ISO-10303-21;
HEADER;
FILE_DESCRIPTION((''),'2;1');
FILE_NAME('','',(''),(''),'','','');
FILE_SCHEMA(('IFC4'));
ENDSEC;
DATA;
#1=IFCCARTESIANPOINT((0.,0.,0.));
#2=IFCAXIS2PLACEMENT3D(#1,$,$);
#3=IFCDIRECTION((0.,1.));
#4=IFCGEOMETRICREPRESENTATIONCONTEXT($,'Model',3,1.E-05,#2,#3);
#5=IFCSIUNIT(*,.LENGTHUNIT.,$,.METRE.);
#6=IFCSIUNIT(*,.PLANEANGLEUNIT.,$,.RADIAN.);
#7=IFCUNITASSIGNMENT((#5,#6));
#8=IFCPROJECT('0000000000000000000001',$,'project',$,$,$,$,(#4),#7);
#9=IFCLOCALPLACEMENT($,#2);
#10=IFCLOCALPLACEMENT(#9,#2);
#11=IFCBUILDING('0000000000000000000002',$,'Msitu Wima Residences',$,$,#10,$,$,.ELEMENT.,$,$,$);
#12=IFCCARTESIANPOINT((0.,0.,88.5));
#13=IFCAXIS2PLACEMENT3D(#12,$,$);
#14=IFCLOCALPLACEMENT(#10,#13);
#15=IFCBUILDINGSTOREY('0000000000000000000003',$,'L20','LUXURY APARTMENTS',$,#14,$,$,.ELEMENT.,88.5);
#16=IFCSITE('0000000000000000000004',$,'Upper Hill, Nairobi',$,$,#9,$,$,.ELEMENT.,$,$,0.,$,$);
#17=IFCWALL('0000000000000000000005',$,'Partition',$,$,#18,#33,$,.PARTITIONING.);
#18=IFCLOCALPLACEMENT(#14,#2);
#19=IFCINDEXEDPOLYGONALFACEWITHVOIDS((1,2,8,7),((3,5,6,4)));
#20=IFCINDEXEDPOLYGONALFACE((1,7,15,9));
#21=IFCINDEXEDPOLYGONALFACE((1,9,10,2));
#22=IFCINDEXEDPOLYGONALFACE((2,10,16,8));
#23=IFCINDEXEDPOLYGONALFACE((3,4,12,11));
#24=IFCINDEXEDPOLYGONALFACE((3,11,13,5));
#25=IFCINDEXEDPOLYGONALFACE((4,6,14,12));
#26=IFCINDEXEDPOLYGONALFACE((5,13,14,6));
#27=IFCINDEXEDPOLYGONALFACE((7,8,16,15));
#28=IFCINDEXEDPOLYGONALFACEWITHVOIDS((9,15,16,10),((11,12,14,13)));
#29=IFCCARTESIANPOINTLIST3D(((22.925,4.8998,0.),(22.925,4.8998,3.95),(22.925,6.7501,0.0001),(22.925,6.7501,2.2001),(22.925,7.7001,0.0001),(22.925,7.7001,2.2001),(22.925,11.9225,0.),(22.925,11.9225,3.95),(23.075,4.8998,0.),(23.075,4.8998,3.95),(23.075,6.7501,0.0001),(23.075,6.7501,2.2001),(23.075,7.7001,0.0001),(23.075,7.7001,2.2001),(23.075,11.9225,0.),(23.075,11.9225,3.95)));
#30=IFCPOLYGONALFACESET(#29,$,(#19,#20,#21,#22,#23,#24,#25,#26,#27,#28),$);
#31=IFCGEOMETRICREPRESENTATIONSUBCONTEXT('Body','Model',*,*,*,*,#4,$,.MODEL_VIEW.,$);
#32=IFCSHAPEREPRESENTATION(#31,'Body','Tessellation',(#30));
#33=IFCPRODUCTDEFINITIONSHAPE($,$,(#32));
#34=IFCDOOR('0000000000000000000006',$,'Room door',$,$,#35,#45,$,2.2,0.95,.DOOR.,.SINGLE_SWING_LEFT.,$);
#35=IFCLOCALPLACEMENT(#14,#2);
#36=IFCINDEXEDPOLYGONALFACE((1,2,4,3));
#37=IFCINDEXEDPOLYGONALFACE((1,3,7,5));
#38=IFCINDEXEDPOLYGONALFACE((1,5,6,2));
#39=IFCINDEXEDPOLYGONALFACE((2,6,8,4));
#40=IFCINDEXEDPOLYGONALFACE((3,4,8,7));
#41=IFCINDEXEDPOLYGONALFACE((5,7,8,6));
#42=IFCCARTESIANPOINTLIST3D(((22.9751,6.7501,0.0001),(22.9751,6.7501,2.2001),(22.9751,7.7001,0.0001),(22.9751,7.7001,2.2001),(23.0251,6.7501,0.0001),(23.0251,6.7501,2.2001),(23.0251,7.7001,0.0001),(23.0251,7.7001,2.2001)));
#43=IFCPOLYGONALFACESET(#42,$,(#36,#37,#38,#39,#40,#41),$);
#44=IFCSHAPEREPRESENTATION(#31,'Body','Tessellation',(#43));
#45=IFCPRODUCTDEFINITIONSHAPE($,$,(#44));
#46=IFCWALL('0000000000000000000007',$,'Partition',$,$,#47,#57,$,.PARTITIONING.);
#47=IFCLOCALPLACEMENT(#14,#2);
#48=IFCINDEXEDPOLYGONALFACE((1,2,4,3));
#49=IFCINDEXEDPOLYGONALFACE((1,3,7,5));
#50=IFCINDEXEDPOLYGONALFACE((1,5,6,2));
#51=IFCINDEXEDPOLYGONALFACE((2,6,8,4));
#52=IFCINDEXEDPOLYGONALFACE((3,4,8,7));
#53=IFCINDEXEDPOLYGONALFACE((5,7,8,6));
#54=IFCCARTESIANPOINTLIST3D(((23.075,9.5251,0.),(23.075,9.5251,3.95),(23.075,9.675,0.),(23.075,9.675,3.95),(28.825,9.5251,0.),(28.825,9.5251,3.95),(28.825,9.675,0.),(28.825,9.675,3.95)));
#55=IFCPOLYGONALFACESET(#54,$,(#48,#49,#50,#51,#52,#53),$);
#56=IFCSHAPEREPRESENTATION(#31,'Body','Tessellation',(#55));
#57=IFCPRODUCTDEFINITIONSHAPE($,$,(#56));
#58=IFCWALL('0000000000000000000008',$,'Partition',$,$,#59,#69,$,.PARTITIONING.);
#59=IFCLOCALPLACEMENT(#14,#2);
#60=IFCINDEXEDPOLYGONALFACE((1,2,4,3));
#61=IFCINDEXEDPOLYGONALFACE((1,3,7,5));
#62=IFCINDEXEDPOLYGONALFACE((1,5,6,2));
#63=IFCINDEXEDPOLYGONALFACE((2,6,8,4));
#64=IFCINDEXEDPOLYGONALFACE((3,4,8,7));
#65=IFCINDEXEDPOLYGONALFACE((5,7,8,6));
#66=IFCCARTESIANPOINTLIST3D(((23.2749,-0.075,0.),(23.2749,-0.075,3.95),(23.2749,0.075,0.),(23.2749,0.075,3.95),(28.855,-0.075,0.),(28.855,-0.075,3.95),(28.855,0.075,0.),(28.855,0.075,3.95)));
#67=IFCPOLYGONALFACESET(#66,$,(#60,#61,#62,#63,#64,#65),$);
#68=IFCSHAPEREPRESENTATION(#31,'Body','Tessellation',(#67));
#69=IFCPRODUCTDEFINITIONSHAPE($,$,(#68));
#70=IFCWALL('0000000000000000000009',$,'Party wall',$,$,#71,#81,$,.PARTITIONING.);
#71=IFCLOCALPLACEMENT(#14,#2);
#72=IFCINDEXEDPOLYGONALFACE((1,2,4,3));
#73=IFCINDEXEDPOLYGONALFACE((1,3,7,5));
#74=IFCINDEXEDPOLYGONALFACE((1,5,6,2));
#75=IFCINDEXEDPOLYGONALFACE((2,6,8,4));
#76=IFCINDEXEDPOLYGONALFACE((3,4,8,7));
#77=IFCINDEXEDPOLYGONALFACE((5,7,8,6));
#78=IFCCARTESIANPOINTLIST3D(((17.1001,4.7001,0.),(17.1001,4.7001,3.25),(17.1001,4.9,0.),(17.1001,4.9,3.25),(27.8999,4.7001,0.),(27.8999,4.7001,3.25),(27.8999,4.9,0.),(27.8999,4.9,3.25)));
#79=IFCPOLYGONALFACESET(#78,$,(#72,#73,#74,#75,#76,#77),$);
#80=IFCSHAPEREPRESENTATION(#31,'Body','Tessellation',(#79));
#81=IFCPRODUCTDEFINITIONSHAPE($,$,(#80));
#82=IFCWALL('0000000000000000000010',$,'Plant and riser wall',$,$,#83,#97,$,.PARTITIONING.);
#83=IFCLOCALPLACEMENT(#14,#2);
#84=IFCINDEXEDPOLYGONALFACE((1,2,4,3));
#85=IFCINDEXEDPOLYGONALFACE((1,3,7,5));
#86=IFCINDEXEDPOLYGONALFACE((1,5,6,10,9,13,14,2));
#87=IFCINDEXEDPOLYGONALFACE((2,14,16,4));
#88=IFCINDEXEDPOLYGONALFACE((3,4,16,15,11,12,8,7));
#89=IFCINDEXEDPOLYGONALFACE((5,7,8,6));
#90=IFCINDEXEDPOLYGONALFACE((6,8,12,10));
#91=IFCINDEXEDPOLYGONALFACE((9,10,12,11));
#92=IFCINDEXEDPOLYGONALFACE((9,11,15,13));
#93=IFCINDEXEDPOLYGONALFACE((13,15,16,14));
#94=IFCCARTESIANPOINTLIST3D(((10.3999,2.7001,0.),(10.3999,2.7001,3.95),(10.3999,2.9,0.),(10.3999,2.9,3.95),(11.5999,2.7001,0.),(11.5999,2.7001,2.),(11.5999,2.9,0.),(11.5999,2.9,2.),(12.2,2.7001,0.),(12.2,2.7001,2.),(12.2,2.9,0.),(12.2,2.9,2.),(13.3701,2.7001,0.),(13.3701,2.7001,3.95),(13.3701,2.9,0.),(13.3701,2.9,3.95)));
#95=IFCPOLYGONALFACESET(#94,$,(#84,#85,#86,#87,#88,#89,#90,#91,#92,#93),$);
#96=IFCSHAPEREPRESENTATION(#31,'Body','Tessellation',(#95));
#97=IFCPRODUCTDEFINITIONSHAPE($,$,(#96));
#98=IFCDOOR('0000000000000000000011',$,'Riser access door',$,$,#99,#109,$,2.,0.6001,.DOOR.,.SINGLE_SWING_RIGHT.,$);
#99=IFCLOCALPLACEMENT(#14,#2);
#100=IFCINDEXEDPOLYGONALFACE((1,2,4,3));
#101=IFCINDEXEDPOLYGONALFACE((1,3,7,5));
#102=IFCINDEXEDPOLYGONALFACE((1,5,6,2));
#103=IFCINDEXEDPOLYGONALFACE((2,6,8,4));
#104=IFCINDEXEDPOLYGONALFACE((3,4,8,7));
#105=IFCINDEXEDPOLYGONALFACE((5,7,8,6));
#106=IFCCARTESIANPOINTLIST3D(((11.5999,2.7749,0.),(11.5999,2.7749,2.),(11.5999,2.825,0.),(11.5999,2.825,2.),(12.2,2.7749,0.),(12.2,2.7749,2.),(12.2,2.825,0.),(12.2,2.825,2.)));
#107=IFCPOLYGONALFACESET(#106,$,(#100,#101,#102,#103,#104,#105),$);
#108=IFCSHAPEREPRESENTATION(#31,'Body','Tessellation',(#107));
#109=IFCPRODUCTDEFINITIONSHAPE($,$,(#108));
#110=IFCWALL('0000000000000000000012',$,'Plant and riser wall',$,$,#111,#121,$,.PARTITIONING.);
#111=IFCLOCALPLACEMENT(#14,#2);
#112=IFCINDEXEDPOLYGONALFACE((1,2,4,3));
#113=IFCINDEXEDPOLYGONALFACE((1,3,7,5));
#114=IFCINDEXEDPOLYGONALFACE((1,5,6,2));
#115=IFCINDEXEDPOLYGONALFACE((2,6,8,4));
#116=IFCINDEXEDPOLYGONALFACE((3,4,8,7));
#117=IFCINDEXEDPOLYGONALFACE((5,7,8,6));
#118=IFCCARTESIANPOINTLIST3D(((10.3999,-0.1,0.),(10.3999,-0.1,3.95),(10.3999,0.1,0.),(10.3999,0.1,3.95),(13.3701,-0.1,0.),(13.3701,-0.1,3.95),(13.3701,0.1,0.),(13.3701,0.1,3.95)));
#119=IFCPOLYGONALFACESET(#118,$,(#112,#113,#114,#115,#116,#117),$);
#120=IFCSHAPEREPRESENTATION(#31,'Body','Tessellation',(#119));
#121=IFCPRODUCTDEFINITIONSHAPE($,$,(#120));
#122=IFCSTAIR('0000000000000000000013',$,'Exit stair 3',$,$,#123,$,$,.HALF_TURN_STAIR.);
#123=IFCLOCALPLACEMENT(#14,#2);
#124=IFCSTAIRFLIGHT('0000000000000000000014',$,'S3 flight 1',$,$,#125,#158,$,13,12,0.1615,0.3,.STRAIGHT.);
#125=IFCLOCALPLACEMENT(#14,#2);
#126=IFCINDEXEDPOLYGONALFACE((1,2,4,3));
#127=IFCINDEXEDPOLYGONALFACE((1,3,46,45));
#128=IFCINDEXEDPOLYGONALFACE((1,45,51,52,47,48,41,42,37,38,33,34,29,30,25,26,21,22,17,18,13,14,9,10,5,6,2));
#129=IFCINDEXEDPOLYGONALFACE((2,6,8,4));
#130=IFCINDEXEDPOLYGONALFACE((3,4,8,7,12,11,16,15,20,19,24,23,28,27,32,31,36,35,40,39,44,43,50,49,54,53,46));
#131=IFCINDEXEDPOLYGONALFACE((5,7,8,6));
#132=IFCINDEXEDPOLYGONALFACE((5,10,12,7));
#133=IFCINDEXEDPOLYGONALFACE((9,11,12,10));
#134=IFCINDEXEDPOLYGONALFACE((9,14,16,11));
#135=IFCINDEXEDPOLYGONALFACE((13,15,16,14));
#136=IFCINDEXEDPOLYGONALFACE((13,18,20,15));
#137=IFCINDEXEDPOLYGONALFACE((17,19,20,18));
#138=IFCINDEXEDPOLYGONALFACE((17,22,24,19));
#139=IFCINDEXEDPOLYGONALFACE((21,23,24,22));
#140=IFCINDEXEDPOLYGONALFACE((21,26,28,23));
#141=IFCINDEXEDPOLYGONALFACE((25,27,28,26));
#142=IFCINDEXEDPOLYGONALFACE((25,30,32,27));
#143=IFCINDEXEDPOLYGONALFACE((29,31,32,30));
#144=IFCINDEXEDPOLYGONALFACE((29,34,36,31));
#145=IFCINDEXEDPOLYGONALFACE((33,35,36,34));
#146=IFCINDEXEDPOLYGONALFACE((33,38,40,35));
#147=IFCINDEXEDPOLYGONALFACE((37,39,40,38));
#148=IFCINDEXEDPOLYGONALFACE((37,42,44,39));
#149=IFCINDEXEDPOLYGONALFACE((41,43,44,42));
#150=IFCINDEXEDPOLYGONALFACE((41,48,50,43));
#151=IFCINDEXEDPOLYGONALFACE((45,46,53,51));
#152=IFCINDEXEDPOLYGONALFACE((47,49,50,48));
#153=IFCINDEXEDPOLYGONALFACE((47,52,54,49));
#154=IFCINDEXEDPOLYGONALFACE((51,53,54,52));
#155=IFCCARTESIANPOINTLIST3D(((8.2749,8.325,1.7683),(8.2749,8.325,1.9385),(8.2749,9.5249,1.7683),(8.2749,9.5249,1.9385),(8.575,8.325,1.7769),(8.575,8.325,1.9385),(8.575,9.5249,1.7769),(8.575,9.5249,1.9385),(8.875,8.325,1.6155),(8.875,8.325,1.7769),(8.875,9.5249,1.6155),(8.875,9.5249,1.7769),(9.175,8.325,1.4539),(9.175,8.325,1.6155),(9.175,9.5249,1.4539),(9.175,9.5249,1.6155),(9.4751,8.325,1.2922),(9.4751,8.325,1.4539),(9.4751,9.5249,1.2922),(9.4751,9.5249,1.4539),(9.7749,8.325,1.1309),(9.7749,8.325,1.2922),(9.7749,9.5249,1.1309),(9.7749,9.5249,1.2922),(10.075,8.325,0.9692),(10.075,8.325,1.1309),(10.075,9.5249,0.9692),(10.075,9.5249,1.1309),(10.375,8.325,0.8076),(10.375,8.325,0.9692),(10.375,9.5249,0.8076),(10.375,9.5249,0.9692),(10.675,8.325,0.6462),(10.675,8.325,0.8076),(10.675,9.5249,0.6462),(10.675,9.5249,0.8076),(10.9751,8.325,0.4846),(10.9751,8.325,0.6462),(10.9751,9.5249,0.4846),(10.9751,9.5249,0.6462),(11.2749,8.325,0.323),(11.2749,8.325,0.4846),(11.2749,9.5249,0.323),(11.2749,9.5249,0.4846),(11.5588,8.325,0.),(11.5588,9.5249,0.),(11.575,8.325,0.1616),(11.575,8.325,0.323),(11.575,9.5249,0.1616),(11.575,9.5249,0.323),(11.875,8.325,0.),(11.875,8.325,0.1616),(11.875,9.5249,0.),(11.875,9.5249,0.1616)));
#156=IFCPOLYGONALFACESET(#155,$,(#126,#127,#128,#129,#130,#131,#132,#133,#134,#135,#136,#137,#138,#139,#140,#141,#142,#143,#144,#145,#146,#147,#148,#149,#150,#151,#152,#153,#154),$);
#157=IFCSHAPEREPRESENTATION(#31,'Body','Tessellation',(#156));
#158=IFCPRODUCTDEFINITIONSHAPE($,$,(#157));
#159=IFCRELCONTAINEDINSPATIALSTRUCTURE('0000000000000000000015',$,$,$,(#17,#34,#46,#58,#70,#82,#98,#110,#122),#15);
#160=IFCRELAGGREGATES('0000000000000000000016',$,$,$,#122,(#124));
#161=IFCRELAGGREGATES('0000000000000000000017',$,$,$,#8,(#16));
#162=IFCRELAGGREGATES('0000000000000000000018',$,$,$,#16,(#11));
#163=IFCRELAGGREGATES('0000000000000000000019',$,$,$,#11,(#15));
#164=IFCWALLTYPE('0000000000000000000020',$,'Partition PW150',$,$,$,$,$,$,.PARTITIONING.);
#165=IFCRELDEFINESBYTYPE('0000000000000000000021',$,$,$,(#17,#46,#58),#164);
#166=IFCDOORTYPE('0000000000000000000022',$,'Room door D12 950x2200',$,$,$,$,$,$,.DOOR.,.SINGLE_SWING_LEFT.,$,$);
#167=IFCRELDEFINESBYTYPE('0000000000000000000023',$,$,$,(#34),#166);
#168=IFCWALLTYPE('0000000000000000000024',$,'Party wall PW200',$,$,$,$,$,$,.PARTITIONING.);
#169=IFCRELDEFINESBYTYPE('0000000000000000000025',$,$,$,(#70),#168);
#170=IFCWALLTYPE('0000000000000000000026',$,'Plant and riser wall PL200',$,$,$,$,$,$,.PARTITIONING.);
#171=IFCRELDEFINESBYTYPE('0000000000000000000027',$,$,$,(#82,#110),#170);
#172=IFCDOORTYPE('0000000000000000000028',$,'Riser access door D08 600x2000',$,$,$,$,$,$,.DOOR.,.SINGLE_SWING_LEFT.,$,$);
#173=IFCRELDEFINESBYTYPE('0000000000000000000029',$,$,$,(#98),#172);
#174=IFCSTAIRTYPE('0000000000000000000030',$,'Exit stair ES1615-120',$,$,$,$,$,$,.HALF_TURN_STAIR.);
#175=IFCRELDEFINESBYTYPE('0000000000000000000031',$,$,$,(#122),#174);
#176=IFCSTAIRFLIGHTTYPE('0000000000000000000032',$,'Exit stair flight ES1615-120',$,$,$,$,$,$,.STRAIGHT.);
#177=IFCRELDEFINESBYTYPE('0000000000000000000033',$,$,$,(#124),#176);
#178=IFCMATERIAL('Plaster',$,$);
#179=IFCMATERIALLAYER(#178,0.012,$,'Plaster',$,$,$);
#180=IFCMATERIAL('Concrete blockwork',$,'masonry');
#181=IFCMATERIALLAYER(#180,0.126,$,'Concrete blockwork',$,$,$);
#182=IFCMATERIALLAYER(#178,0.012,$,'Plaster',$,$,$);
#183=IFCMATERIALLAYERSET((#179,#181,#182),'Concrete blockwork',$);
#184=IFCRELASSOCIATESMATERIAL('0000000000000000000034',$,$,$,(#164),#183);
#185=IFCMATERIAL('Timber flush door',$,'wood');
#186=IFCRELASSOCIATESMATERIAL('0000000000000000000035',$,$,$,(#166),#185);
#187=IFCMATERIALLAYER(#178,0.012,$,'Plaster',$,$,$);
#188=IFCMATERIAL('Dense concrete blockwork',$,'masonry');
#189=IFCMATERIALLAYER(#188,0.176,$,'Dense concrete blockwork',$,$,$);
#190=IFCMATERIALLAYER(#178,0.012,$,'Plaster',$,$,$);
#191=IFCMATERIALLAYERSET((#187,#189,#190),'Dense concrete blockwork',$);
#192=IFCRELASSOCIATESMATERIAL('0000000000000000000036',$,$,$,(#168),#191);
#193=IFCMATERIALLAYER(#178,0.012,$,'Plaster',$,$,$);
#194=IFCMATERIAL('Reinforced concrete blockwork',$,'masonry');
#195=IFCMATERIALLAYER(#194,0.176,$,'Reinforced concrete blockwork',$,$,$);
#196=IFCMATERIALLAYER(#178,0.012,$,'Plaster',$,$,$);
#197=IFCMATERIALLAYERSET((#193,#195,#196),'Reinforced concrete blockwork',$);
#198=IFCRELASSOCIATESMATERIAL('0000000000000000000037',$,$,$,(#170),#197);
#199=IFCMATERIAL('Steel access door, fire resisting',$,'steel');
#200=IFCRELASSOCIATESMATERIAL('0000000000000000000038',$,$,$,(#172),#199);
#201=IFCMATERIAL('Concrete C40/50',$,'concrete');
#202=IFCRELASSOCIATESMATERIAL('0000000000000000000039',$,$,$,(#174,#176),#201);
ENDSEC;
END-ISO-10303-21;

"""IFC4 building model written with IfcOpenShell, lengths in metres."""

from ifc_helpers import new_model, si_unit, direction, frame, frame_2d, origin, place, context, subcontext, project, spatial, polyline, rectangle, outline, extrude, material, layer, layer_set, type_object, element, fill, aggregate, save


model = new_model("IFC4")

# Units and contexts
model_context = context("Model", 3, precision=1e-05, world=origin(), true_north=direction((0.0, 1.0)))
body_context = subcontext(model_context, "Body", "Model", "MODEL_VIEW")
ifc_project = project(units=[si_unit("LENGTHUNIT", "METRE"), si_unit("PLANEANGLEUNIT", "RADIAN")], contexts=[model_context])

# Site, building, storey
site_placement = place(None, origin())
site = spatial("IfcSite", under=ifc_project, at=site_placement, Name="Upper Hill, Nairobi", CompositionType="ELEMENT", RefElevation=0.0)
building_placement = place(site_placement, origin())
building = spatial("IfcBuilding", under=site, at=building_placement, Name="Msitu Wima Residences", CompositionType="ELEMENT")
storey_placement = place(building_placement, frame((0.0, 0.0, 88.5)))
storey = spatial("IfcBuildingStorey", under=building, at=storey_placement, Name="L20", Description="LUXURY APARTMENTS", CompositionType="ELEMENT", Elevation=88.5)

# Shared definitions
ifc_material_1 = material(Name="Concrete C40/50", Category="concrete")

# Shared definitions
ifc_material_2 = material(Name="Plaster")
ifc_layer_1 = layer(ifc_material_2, 0.012, Name="Plaster")
ifc_material_3 = material(Name="Concrete blockwork", Category="masonry")
ifc_layer_2 = layer(ifc_material_3, 0.126, Name="Concrete blockwork")
ifc_layer_3 = layer(ifc_material_2, 0.012, Name="Plaster")
ifc_layer_set_1 = layer_set([ifc_layer_1, ifc_layer_2, ifc_layer_3], Name="Concrete blockwork")
wall_type_1 = type_object("IfcWallType", Name="Partition PW150", PredefinedType="PARTITIONING", material=ifc_layer_set_1)

# Wall, opening, door
wall_1_placement = place(storey_placement, frame((23.0, 4.8999, 0.0), z_axis=(0.0, 0.0, 1.0), x_axis=(0.0, 1.0, 0.0)))
wall_1 = element("IfcWall", 1, at=wall_1_placement, inside=storey, type_object=wall_type_1, Name="Partition", PredefinedType="PARTITIONING", context=body_context, shape_type="SweptSolid", body=[
    extrude(rectangle(XDim=7.0227, YDim=0.1499, at=frame_2d((3.5112, 0.0))), origin(), (0.0, 0.0, 1.0), 3.95),
])
opening_1_placement = place(wall_1_placement, frame((1.8501, 0.0, 0.0)))
opening_1 = element("IfcOpeningElement", 2, at=opening_1_placement, cuts=wall_1, PredefinedType="OPENING", context=body_context, shape_type="SweptSolid", body=[
    extrude(rectangle(XDim=0.95, YDim=2.2, at=frame_2d((0.4751, 1.1001))), frame((0.0, 0.085, 0.0), z_axis=(0.0, -1.0, 0.0), x_axis=(1.0, 0.0, 0.0)), (0.0, 0.0, 1.0), 0.1699),
])
ifc_material_4 = material(Name="Timber flush door", Category="wood")
door_type_1 = type_object("IfcDoorType", Name="Room door D12 950x2200", OperationType="SINGLE_SWING_LEFT", PredefinedType="DOOR", material=ifc_material_4)
door_1_placement = place(opening_1_placement, origin())
door_1 = element("IfcDoor", 3, at=door_1_placement, inside=storey, type_object=door_type_1, Name="Room door", OperationType="SINGLE_SWING_LEFT", OverallHeight=2.2, OverallWidth=0.95, PredefinedType="DOOR", context=body_context, shape_type="SweptSolid", body=[
    extrude(rectangle(XDim=0.95, YDim=2.2, at=frame_2d((0.4751, 1.1001))), frame((0.0, 0.0249, 0.0), z_axis=(0.0, -1.0, 0.0), x_axis=(1.0, 0.0, 0.0)), (0.0, 0.0, 1.0), 0.05),
])
fill(opening_1, door_1)

# Walls
wall_2_placement = place(storey_placement, frame((23.075, 9.6001, 0.0), z_axis=(0.0, 0.0, 1.0), x_axis=(1.0, 0.0, 0.0)))
element("IfcWall", 4, at=wall_2_placement, inside=storey, type_object=wall_type_1, Name="Partition", PredefinedType="PARTITIONING", context=body_context, shape_type="SweptSolid", body=[
    extrude(rectangle(XDim=5.75, YDim=0.1499, at=frame_2d((2.875, 0.0))), origin(), (0.0, 0.0, 1.0), 3.95),
])
wall_3_placement = place(storey_placement, frame((23.2749, 0.0, 0.0), z_axis=(0.0, 0.0, 1.0), x_axis=(1.0, 0.0, 0.0)))
element("IfcWall", 5, at=wall_3_placement, inside=storey, type_object=wall_type_1, Name="Partition", PredefinedType="PARTITIONING", context=body_context, shape_type="SweptSolid", body=[
    extrude(rectangle(XDim=5.5801, YDim=0.1499, at=frame_2d((2.79, 0.0))), origin(), (0.0, 0.0, 1.0), 3.95),
])
ifc_layer_4 = layer(ifc_material_2, 0.012, Name="Plaster")
ifc_material_5 = material(Name="Dense concrete blockwork", Category="masonry")
ifc_layer_5 = layer(ifc_material_5, 0.176, Name="Dense concrete blockwork")
ifc_layer_6 = layer(ifc_material_2, 0.012, Name="Plaster")
ifc_layer_set_2 = layer_set([ifc_layer_4, ifc_layer_5, ifc_layer_6], Name="Dense concrete blockwork")
wall_type_2 = type_object("IfcWallType", Name="Party wall PW200", PredefinedType="PARTITIONING", material=ifc_layer_set_2)
wall_4_placement = place(storey_placement, frame((17.1001, 4.8, 0.0), z_axis=(0.0, 0.0, 1.0), x_axis=(1.0, 0.0, 0.0)))
element("IfcWall", 6, at=wall_4_placement, inside=storey, type_object=wall_type_2, Name="Party wall", PredefinedType="PARTITIONING", context=body_context, shape_type="SweptSolid", body=[
    extrude(rectangle(XDim=10.7998, YDim=0.2, at=frame_2d((5.3999, 0.0))), origin(), (0.0, 0.0, 1.0), 3.25),
])

# Wall, opening, door
ifc_layer_7 = layer(ifc_material_2, 0.012, Name="Plaster")
ifc_material_6 = material(Name="Reinforced concrete blockwork", Category="masonry")
ifc_layer_8 = layer(ifc_material_6, 0.176, Name="Reinforced concrete blockwork")
ifc_layer_9 = layer(ifc_material_2, 0.012, Name="Plaster")
ifc_layer_set_3 = layer_set([ifc_layer_7, ifc_layer_8, ifc_layer_9], Name="Reinforced concrete blockwork")
wall_type_3 = type_object("IfcWallType", Name="Plant and riser wall PL200", PredefinedType="PARTITIONING", material=ifc_layer_set_3)
wall_5_placement = place(storey_placement, frame((10.3999, 2.8, 0.0), z_axis=(0.0, 0.0, 1.0), x_axis=(1.0, 0.0, 0.0)))
wall_5 = element("IfcWall", 7, at=wall_5_placement, inside=storey, type_object=wall_type_3, Name="Plant and riser wall", PredefinedType="PARTITIONING", context=body_context, shape_type="SweptSolid", body=[
    extrude(rectangle(XDim=2.9702, YDim=0.2, at=frame_2d((1.4851, 0.0))), origin(), (0.0, 0.0, 1.0), 3.95),
])
opening_2_placement = place(wall_5_placement, frame((1.2, 0.0, 0.0)))
opening_2 = element("IfcOpeningElement", 8, at=opening_2_placement, cuts=wall_5, PredefinedType="OPENING", context=body_context, shape_type="SweptSolid", body=[
    extrude(rectangle(XDim=0.6001, YDim=2.0, at=frame_2d((0.3, 1.0))), frame((0.0, 0.1099, 0.0), z_axis=(0.0, -1.0, 0.0), x_axis=(1.0, 0.0, 0.0)), (0.0, 0.0, 1.0), 0.22),
])
ifc_material_7 = material(Name="Steel access door, fire resisting", Category="steel")
door_type_2 = type_object("IfcDoorType", Name="Riser access door D08 600x2000", OperationType="SINGLE_SWING_LEFT", PredefinedType="DOOR", material=ifc_material_7)
door_2_placement = place(opening_2_placement, origin())
door_2 = element("IfcDoor", 9, at=door_2_placement, inside=storey, type_object=door_type_2, Name="Riser access door", OperationType="SINGLE_SWING_RIGHT", OverallHeight=2.0, OverallWidth=0.6001, PredefinedType="DOOR", context=body_context, shape_type="SweptSolid", body=[
    extrude(rectangle(XDim=0.6001, YDim=2.0, at=frame_2d((0.3, 1.0))), frame((0.0, 0.0249, 0.0), z_axis=(0.0, -1.0, 0.0), x_axis=(1.0, 0.0, 0.0)), (0.0, 0.0, 1.0), 0.05),
])
fill(opening_2, door_2)

# Wall
wall_6_placement = place(storey_placement, frame((10.3999, 0.0, 0.0), z_axis=(0.0, 0.0, 1.0), x_axis=(1.0, 0.0, 0.0)))
element("IfcWall", 10, at=wall_6_placement, inside=storey, type_object=wall_type_3, Name="Plant and riser wall", PredefinedType="PARTITIONING", context=body_context, shape_type="SweptSolid", body=[
    extrude(rectangle(XDim=2.9702, YDim=0.2, at=frame_2d((1.4851, 0.0))), origin(), (0.0, 0.0, 1.0), 3.95),
])

# Stair, stair flight
stair_type = type_object("IfcStairType", Name="Exit stair ES1615-120", PredefinedType="HALF_TURN_STAIR", material=ifc_material_1)
stair_placement = place(storey_placement, origin())
stair = element("IfcStair", 11, at=stair_placement, inside=storey, type_object=stair_type, Name="Exit stair 3", PredefinedType="HALF_TURN_STAIR")
stair_flight_type = type_object("IfcStairFlightType", Name="Exit stair flight ES1615-120", PredefinedType="STRAIGHT", material=ifc_material_1)
stair_flight_1_placement = place(storey_placement, frame((11.875, 8.925, 0.0), z_axis=(0.0, 0.0, 1.0), x_axis=(-1.0, 0.0, 0.0)))
stair_flight_1 = element("IfcStairFlight", 12, at=stair_flight_1_placement, type_object=stair_flight_type, Name="S3 flight 1", NumberOfRisers=13, NumberOfTreads=12, PredefinedType="STRAIGHT", RiserHeight=0.1615, TreadLength=0.3, context=body_context, shape_type="SweptSolid", body=[
    extrude(outline(polyline([(0.0, 0.0), (0.0, 0.1616), (0.3, 0.1616), (0.3, 0.323), (0.6001, 0.323), (0.6001, 0.4846), (0.8999, 0.4846), (0.8999, 0.6462), (1.2, 0.6462), (1.2, 0.8076), (1.5, 0.8076), (1.5, 0.9692), (1.8, 0.9692), (1.8, 1.1309), (2.1001, 1.1309), (2.1001, 1.2922), (2.3999, 1.2922), (2.3999, 1.4539), (2.7, 1.4539), (2.7, 1.6155), (3.0, 1.6155), (3.0, 1.7769), (3.3, 1.7769), (3.3, 1.9385), (3.6001, 1.9385), (3.6001, 2.1001), (3.6001, 1.7683), (0.3162, 0.0), (0.0, 0.0)])), frame((0.0, 0.6001, 0.0), z_axis=(0.0, -1.0, 0.0), x_axis=(1.0, 0.0, 0.0)), (0.0, 0.0, 1.0), 1.2),
])
aggregate(stair, [stair_flight_1])

save(model, "model.ifc")
